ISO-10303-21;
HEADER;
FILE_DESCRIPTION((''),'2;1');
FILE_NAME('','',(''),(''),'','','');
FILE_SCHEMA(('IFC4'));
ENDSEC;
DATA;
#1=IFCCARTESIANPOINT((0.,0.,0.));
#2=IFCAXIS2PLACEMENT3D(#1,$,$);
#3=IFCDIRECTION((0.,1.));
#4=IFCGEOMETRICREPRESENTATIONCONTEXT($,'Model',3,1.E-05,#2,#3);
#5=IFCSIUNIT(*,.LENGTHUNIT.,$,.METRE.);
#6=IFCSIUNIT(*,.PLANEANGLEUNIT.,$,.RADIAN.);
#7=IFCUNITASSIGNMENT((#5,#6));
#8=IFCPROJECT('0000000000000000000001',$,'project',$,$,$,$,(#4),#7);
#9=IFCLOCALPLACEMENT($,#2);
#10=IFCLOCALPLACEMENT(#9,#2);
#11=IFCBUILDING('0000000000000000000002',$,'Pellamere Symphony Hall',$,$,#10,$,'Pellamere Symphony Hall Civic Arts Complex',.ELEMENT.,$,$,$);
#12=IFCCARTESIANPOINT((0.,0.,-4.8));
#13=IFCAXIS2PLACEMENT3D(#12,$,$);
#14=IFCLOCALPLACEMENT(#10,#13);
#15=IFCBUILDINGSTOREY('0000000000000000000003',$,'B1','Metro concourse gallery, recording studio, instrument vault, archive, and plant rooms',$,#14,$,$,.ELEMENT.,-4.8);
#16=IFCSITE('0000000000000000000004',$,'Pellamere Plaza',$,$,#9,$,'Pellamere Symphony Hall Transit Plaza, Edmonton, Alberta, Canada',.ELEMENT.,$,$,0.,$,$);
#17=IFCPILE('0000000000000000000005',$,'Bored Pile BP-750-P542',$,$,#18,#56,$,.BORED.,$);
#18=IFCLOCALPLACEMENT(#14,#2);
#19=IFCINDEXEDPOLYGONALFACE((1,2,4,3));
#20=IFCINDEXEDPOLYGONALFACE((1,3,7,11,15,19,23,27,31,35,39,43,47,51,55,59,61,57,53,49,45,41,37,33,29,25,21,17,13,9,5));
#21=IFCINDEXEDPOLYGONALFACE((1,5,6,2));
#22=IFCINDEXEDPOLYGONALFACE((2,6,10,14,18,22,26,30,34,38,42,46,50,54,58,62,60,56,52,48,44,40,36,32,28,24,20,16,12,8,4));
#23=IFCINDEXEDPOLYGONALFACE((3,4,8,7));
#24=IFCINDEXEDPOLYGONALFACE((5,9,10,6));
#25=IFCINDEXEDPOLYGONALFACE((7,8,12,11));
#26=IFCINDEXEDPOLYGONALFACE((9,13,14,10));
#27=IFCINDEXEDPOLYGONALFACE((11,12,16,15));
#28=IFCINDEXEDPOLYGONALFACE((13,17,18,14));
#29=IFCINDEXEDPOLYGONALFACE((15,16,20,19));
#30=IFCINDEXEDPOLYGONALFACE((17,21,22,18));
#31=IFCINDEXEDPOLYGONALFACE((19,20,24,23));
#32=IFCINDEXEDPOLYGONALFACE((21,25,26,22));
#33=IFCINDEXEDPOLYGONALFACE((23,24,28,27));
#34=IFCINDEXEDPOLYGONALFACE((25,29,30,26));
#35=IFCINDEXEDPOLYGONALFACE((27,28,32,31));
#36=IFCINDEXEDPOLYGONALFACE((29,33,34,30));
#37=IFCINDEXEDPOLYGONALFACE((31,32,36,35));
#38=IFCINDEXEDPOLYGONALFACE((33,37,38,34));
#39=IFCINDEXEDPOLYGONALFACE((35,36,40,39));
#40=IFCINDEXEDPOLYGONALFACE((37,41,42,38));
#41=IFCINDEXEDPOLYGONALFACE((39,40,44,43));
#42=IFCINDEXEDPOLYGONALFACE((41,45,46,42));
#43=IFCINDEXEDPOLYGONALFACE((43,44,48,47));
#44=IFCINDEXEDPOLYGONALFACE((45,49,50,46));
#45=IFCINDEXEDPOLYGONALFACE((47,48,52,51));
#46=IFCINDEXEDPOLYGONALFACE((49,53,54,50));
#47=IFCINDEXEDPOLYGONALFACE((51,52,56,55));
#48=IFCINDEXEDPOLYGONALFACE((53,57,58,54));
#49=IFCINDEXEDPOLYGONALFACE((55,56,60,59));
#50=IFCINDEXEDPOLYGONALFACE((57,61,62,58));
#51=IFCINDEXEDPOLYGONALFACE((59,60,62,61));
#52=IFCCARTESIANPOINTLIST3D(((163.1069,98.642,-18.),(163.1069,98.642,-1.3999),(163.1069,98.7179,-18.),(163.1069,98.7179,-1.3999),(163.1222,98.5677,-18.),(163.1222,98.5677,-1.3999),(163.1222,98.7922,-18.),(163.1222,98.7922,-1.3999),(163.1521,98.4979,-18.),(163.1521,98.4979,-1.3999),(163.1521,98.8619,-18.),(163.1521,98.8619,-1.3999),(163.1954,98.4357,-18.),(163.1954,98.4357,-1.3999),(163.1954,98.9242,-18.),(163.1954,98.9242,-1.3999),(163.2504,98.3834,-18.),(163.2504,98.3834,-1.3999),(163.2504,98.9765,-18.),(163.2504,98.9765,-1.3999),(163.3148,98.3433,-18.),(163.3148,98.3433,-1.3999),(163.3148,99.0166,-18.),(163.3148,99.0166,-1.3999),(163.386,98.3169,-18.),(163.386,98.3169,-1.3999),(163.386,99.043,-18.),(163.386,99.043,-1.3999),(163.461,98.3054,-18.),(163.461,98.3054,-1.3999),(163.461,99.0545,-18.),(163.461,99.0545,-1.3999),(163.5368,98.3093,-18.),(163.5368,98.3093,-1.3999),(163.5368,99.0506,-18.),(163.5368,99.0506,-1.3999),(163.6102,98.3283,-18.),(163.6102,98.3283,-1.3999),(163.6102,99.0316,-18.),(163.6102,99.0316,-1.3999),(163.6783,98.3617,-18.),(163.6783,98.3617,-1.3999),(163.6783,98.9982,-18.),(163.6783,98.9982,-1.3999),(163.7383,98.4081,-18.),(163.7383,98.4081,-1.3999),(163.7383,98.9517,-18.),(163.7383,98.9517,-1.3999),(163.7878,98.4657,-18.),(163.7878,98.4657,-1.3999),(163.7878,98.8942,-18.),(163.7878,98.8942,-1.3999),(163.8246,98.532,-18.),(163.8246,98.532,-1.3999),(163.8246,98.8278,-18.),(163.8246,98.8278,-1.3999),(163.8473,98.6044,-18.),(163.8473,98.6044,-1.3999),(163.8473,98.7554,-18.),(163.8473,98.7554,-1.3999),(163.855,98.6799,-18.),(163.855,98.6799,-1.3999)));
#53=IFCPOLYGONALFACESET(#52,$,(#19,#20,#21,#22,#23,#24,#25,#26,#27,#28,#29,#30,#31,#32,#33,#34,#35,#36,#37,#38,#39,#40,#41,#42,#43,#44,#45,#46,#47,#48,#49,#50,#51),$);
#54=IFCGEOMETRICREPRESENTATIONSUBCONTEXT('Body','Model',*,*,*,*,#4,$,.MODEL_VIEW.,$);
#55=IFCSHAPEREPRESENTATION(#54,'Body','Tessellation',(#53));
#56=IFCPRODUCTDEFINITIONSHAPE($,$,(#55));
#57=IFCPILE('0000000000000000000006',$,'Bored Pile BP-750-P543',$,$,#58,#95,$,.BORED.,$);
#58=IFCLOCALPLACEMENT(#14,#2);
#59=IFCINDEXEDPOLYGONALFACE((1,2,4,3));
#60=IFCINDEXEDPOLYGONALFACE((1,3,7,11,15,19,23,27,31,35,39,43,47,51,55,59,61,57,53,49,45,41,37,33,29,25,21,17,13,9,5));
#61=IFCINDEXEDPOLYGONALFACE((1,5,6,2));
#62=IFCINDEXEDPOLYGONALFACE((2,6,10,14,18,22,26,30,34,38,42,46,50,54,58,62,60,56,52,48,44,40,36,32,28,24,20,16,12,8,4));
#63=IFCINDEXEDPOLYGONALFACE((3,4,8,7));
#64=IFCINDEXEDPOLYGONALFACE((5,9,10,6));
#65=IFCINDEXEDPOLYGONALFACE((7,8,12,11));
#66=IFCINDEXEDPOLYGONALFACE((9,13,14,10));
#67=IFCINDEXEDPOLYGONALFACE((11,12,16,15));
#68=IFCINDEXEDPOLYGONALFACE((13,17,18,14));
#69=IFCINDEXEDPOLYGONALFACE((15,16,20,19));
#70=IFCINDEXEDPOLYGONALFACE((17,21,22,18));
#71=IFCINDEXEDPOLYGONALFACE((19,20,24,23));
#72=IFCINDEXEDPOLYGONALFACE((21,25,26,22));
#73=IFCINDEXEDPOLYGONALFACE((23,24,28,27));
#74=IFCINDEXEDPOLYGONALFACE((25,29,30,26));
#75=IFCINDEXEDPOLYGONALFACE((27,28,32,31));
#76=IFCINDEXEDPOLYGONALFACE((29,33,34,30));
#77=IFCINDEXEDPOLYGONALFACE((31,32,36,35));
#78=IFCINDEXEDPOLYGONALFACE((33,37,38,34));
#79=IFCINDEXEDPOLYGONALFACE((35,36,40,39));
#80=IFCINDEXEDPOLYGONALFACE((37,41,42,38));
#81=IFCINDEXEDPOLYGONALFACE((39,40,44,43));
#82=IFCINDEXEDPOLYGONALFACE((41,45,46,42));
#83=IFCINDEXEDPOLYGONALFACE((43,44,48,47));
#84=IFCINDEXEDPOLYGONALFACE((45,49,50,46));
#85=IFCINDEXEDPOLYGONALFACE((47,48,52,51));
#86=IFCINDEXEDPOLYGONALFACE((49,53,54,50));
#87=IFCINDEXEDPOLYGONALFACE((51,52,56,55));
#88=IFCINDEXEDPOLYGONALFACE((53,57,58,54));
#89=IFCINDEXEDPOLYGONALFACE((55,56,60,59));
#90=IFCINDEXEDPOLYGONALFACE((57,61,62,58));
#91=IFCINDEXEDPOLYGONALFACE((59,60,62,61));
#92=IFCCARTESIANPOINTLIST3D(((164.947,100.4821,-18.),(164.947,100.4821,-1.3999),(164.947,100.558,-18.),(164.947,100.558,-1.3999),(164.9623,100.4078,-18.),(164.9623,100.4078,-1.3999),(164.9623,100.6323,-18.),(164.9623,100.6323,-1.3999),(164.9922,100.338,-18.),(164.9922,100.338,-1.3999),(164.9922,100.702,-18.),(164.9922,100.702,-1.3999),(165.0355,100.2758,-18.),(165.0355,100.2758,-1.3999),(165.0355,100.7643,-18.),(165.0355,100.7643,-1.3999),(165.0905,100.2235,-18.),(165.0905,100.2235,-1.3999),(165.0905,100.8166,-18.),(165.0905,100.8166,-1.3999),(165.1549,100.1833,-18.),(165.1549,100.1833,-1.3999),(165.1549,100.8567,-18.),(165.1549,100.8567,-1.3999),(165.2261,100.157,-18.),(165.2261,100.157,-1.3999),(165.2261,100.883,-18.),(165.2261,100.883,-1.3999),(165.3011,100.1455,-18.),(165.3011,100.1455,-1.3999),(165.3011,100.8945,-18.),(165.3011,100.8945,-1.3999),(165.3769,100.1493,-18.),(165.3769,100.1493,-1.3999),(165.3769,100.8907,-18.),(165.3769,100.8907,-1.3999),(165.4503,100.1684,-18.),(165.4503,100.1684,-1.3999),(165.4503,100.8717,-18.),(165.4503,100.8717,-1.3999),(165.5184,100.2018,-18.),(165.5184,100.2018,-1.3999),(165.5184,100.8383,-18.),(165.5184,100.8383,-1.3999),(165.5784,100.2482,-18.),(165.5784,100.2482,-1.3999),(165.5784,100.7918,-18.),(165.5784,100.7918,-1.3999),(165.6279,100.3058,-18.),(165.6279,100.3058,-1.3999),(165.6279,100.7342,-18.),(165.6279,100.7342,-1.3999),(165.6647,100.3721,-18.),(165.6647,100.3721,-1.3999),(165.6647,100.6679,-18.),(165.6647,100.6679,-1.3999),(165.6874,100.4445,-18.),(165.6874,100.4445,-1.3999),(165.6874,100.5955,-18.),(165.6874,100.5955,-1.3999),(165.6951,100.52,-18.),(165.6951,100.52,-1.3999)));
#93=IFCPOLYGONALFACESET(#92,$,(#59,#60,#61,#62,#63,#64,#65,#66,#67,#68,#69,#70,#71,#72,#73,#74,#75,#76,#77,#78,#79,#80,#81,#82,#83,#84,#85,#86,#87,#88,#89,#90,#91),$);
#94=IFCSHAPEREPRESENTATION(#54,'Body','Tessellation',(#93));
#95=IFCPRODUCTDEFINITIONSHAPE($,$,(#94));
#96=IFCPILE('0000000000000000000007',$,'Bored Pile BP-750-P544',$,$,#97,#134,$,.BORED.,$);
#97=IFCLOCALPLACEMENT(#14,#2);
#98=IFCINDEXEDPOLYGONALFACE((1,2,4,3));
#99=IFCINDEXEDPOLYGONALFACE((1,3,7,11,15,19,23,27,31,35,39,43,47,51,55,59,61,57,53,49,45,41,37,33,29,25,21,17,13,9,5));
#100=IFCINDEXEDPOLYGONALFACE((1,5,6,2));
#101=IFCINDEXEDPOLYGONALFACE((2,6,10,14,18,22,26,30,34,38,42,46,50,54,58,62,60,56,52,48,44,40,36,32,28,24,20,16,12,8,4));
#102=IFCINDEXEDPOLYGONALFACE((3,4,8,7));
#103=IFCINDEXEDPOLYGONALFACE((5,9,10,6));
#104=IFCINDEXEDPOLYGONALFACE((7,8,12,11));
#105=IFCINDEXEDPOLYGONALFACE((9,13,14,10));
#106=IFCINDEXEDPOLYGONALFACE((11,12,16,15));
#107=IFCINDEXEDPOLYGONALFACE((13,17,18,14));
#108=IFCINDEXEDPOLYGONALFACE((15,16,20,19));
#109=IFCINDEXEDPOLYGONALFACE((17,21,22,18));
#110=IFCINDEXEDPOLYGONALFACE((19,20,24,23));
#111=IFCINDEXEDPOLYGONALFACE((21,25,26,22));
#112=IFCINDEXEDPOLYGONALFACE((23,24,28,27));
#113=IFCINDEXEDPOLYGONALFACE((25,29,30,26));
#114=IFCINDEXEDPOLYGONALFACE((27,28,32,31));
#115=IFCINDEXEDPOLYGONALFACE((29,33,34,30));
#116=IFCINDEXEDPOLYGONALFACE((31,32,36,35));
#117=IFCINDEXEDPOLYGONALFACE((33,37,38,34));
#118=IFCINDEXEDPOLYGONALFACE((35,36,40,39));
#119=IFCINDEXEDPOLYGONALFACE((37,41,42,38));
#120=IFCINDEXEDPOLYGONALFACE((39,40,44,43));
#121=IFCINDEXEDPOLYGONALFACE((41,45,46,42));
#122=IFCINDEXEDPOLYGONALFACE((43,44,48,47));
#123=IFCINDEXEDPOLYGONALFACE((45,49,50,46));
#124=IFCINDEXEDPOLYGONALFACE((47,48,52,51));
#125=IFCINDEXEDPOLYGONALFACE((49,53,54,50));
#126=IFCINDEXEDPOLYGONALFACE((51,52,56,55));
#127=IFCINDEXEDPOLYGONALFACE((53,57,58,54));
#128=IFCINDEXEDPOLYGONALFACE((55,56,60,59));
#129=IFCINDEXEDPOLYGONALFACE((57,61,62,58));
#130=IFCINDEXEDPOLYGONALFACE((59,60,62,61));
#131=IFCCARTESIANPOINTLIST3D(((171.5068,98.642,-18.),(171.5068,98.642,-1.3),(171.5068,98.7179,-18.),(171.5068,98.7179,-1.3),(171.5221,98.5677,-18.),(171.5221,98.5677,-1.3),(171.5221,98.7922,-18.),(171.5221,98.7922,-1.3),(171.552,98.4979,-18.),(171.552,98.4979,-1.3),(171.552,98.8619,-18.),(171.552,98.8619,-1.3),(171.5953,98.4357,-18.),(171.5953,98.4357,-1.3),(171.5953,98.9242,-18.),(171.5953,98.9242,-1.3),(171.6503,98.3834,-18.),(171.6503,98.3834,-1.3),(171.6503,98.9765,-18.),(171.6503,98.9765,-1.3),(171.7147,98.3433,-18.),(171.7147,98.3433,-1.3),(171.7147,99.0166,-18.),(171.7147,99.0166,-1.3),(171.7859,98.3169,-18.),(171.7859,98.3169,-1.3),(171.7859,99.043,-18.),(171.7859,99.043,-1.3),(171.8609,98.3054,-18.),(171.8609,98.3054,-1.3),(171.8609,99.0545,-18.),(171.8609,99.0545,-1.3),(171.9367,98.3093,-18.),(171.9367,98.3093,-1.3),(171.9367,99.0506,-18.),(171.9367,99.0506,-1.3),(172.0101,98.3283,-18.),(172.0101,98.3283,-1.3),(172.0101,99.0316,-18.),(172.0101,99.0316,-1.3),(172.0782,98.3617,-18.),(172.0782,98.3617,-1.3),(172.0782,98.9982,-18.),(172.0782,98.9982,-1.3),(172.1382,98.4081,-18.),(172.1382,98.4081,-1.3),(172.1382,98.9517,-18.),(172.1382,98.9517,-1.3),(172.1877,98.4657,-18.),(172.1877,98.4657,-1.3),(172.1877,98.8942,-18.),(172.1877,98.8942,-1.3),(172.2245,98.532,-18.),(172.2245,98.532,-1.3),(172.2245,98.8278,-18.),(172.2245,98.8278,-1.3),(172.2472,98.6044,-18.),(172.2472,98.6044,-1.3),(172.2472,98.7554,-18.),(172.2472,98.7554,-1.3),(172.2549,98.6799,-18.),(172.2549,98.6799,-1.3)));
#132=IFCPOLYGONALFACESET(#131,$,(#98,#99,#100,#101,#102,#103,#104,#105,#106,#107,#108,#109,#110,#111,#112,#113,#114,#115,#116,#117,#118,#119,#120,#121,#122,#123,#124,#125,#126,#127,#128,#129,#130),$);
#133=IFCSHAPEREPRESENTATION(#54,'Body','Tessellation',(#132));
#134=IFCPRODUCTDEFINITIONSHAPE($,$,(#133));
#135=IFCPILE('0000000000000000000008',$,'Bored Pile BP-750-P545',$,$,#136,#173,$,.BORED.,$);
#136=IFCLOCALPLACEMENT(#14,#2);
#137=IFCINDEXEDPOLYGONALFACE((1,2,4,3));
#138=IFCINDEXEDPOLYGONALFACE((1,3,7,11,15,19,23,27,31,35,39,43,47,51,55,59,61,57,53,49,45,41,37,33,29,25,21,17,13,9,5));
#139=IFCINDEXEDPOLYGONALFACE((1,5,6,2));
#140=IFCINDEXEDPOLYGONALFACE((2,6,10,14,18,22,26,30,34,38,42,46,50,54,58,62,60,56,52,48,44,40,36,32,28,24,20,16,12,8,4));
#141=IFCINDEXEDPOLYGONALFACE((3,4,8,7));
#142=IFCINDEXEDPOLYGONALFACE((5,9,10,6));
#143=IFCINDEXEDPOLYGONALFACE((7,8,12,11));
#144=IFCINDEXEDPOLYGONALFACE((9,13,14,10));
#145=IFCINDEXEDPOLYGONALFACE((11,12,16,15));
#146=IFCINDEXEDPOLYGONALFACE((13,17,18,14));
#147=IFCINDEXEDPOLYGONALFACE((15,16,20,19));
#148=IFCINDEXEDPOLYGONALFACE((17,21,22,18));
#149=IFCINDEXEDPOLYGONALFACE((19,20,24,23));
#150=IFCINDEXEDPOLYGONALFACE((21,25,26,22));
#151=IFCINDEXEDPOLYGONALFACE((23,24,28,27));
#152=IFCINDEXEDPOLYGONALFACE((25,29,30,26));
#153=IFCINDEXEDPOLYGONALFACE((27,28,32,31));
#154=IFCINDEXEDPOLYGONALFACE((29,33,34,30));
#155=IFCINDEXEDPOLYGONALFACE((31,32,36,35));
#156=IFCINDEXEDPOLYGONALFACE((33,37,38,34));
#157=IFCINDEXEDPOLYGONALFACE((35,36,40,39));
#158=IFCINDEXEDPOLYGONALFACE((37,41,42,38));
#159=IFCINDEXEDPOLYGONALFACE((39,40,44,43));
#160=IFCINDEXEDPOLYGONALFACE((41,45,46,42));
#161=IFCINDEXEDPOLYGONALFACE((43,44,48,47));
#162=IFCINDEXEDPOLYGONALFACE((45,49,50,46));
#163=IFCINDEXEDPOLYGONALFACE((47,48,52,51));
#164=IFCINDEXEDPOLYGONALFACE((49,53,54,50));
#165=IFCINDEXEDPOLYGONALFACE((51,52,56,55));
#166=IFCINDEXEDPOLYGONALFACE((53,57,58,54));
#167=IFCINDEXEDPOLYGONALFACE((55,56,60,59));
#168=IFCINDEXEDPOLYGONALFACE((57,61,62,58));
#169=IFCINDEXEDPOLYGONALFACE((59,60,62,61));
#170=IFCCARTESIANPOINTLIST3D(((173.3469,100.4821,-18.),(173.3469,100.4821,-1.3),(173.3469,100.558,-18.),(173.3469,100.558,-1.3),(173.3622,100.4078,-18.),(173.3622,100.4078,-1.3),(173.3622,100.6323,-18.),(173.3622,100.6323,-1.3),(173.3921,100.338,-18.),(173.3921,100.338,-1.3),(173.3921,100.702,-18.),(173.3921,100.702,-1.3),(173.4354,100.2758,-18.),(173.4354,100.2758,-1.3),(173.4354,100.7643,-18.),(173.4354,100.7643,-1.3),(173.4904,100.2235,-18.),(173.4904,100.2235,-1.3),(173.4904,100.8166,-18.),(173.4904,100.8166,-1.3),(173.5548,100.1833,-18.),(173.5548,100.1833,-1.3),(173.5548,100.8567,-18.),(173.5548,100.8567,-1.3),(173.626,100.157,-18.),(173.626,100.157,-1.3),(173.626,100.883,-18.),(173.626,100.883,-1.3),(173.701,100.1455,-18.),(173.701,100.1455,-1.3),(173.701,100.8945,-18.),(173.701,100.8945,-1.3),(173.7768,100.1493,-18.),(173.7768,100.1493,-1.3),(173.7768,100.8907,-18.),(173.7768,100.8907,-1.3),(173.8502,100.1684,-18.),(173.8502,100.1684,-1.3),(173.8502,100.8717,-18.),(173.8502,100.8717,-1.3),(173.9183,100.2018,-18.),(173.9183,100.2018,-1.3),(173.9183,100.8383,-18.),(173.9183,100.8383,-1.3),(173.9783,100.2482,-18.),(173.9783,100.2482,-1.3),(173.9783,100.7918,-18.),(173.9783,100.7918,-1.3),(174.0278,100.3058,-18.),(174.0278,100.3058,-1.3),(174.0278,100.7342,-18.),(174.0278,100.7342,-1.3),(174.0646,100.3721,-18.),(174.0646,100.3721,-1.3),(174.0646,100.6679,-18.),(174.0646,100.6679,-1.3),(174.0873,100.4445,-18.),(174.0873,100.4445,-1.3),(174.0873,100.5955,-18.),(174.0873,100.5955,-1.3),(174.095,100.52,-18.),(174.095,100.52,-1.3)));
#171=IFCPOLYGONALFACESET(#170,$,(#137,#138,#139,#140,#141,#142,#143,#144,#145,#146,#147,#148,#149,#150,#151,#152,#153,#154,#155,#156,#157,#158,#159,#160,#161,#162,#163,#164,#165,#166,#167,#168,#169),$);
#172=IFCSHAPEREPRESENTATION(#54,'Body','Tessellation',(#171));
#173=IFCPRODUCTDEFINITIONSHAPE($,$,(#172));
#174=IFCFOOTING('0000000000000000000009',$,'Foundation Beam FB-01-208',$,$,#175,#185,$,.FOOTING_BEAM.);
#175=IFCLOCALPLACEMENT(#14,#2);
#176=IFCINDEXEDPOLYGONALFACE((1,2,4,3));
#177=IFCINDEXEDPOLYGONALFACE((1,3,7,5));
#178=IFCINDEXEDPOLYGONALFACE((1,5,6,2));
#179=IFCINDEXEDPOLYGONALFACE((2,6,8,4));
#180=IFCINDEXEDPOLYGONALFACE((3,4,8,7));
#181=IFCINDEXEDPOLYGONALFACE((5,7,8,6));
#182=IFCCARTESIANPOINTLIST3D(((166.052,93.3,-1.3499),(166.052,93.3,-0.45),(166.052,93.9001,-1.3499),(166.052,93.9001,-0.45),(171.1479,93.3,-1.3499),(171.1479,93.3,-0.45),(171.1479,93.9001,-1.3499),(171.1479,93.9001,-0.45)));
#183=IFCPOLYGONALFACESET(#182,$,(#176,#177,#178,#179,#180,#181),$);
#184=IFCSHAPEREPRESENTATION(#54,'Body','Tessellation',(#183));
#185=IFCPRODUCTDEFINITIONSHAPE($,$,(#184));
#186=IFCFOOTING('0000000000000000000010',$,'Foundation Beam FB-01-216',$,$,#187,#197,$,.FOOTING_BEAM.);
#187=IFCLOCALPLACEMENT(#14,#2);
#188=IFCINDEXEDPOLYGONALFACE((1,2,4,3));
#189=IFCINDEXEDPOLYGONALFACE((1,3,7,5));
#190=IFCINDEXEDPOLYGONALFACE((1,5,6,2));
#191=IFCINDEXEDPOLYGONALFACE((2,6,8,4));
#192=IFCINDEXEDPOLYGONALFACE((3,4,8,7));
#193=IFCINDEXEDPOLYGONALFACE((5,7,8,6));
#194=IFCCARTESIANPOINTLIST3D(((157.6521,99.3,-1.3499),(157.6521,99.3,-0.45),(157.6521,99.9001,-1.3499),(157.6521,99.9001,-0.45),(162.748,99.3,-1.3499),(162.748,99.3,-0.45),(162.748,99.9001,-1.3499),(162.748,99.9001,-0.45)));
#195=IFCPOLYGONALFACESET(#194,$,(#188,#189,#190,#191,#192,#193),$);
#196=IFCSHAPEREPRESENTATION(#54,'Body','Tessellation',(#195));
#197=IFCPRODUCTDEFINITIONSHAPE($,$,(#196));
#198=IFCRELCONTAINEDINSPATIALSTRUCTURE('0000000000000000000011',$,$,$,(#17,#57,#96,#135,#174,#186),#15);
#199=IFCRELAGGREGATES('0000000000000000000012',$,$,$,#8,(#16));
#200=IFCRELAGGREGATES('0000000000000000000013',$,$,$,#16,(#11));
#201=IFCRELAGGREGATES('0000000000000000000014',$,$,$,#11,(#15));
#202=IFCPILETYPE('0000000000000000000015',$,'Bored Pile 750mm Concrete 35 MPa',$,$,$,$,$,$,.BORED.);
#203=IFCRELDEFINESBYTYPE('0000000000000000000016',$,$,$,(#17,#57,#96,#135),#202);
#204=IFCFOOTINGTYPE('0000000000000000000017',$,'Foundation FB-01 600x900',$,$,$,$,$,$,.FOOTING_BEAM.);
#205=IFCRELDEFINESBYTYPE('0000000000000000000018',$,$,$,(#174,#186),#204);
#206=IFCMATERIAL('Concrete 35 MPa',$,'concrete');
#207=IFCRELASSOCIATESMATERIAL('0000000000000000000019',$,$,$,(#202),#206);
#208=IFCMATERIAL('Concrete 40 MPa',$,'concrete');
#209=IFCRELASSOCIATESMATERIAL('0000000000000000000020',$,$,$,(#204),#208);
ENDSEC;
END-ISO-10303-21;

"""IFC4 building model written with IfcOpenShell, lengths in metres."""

from ifc_helpers import new_model, si_unit, direction, frame, origin, origin_2d, place, context, subcontext, project, spatial, rectangle, circle, extrude, material, material_profile, profile_set, type_object, element, save


model = new_model("IFC4")

# Units and contexts
model_context = context("Model", 3, precision=1e-05, world=origin(), true_north=direction((0.0, 1.0)))
body_context = subcontext(model_context, "Body", "Model", "MODEL_VIEW")
ifc_project = project(units=[si_unit("LENGTHUNIT", "METRE"), si_unit("PLANEANGLEUNIT", "RADIAN")], contexts=[model_context])

# Site, building, storey
site_placement = place(None, origin())
site = spatial("IfcSite", under=ifc_project, at=site_placement, Name="Pellamere Plaza", LongName="Pellamere Symphony Hall Transit Plaza, Edmonton, Alberta, Canada", CompositionType="ELEMENT", RefElevation=0.0)
building_placement = place(site_placement, origin())
building = spatial("IfcBuilding", under=site, at=building_placement, Name="Pellamere Symphony Hall", LongName="Pellamere Symphony Hall Civic Arts Complex", CompositionType="ELEMENT")
storey_placement = place(building_placement, frame((0.0, 0.0, -4.8)))
storey = spatial("IfcBuildingStorey", under=building, at=storey_placement, Name="B1", Description="Metro concourse gallery, recording studio, instrument vault, archive, and plant rooms", CompositionType="ELEMENT", Elevation=-4.8)

# Piles
ifc_material_1 = material(Name="Concrete 35 MPa", Category="concrete")
ifc_material_profile_1 = material_profile(ifc_material_1, circle(Radius=0.375, at=origin_2d()), Name="PILE D750")
ifc_profile_set_1 = profile_set([ifc_material_profile_1], Name="Concrete 35 MPa")
pile_type = type_object("IfcPileType", Name="Bored Pile 750mm Concrete 35 MPa", PredefinedType="BORED", material=ifc_profile_set_1)
for number, where, z_axis, x_axis, name in (
    (1, (163.48, 98.6799, -1.3999), (0.0, 0.0, -1.0), (1.0, 0.0, 0.0), "Bored Pile BP-750-P542"),
    (2, (165.3201, 100.52, -1.3999), (0.0, 0.0, -1.0), (1.0, 0.0, 0.0), "Bored Pile BP-750-P543"),
):
    element("IfcPile", number, at=place(storey_placement, frame(where, z_axis=z_axis, x_axis=x_axis)), inside=storey, type_object=pile_type, Name=name, PredefinedType="BORED", context=body_context, shape_type="SweptSolid", body=[
        extrude(circle(Radius=0.375, at=origin_2d()), origin(), (0.0, 0.0, 1.0), 16.6001),
    ])
for number, where, z_axis, x_axis, name in (
    (3, (171.8799, 98.6799, -1.3), (0.0, 0.0, -1.0), (1.0, 0.0, 0.0), "Bored Pile BP-750-P544"),
    (4, (173.72, 100.52, -1.3), (0.0, 0.0, -1.0), (1.0, 0.0, 0.0), "Bored Pile BP-750-P545"),
):
    element("IfcPile", number, at=place(storey_placement, frame(where, z_axis=z_axis, x_axis=x_axis)), inside=storey, type_object=pile_type, Name=name, PredefinedType="BORED", context=body_context, shape_type="SweptSolid", body=[
        extrude(circle(Radius=0.375, at=origin_2d()), origin(), (0.0, 0.0, 1.0), 16.7),
    ])

# Footings
ifc_material_2 = material(Name="Concrete 40 MPa", Category="concrete")
ifc_material_profile_2 = material_profile(ifc_material_2, rectangle(XDim=0.6001, YDim=0.8999, at=origin_2d()), Name="RC 600x900")
ifc_profile_set_2 = profile_set([ifc_material_profile_2], Name="Concrete 40 MPa")
footing_type_1 = type_object("IfcFootingType", Name="Foundation FB-01 600x900", PredefinedType="FOOTING_BEAM", material=ifc_profile_set_2)
for number, where, z_axis, x_axis, name in (
    (5, (166.052, 93.6001, -0.8999), (1.0, 0.0, 0.0), (0.0, 1.0, 0.0), "Foundation Beam FB-01-208"),
    (6, (157.6521, 99.6001, -0.8999), (1.0, 0.0, 0.0), (0.0, 1.0, 0.0), "Foundation Beam FB-01-216"),
):
    element("IfcFooting", number, at=place(storey_placement, frame(where, z_axis=z_axis, x_axis=x_axis)), inside=storey, type_object=footing_type_1, Name=name, PredefinedType="FOOTING_BEAM", context=body_context, shape_type="SweptSolid", body=[
        extrude(rectangle(XDim=0.6001, YDim=0.8999, at=origin_2d()), origin(), (0.0, 0.0, 1.0), 5.0959),
    ])

save(model, "model.ifc")
